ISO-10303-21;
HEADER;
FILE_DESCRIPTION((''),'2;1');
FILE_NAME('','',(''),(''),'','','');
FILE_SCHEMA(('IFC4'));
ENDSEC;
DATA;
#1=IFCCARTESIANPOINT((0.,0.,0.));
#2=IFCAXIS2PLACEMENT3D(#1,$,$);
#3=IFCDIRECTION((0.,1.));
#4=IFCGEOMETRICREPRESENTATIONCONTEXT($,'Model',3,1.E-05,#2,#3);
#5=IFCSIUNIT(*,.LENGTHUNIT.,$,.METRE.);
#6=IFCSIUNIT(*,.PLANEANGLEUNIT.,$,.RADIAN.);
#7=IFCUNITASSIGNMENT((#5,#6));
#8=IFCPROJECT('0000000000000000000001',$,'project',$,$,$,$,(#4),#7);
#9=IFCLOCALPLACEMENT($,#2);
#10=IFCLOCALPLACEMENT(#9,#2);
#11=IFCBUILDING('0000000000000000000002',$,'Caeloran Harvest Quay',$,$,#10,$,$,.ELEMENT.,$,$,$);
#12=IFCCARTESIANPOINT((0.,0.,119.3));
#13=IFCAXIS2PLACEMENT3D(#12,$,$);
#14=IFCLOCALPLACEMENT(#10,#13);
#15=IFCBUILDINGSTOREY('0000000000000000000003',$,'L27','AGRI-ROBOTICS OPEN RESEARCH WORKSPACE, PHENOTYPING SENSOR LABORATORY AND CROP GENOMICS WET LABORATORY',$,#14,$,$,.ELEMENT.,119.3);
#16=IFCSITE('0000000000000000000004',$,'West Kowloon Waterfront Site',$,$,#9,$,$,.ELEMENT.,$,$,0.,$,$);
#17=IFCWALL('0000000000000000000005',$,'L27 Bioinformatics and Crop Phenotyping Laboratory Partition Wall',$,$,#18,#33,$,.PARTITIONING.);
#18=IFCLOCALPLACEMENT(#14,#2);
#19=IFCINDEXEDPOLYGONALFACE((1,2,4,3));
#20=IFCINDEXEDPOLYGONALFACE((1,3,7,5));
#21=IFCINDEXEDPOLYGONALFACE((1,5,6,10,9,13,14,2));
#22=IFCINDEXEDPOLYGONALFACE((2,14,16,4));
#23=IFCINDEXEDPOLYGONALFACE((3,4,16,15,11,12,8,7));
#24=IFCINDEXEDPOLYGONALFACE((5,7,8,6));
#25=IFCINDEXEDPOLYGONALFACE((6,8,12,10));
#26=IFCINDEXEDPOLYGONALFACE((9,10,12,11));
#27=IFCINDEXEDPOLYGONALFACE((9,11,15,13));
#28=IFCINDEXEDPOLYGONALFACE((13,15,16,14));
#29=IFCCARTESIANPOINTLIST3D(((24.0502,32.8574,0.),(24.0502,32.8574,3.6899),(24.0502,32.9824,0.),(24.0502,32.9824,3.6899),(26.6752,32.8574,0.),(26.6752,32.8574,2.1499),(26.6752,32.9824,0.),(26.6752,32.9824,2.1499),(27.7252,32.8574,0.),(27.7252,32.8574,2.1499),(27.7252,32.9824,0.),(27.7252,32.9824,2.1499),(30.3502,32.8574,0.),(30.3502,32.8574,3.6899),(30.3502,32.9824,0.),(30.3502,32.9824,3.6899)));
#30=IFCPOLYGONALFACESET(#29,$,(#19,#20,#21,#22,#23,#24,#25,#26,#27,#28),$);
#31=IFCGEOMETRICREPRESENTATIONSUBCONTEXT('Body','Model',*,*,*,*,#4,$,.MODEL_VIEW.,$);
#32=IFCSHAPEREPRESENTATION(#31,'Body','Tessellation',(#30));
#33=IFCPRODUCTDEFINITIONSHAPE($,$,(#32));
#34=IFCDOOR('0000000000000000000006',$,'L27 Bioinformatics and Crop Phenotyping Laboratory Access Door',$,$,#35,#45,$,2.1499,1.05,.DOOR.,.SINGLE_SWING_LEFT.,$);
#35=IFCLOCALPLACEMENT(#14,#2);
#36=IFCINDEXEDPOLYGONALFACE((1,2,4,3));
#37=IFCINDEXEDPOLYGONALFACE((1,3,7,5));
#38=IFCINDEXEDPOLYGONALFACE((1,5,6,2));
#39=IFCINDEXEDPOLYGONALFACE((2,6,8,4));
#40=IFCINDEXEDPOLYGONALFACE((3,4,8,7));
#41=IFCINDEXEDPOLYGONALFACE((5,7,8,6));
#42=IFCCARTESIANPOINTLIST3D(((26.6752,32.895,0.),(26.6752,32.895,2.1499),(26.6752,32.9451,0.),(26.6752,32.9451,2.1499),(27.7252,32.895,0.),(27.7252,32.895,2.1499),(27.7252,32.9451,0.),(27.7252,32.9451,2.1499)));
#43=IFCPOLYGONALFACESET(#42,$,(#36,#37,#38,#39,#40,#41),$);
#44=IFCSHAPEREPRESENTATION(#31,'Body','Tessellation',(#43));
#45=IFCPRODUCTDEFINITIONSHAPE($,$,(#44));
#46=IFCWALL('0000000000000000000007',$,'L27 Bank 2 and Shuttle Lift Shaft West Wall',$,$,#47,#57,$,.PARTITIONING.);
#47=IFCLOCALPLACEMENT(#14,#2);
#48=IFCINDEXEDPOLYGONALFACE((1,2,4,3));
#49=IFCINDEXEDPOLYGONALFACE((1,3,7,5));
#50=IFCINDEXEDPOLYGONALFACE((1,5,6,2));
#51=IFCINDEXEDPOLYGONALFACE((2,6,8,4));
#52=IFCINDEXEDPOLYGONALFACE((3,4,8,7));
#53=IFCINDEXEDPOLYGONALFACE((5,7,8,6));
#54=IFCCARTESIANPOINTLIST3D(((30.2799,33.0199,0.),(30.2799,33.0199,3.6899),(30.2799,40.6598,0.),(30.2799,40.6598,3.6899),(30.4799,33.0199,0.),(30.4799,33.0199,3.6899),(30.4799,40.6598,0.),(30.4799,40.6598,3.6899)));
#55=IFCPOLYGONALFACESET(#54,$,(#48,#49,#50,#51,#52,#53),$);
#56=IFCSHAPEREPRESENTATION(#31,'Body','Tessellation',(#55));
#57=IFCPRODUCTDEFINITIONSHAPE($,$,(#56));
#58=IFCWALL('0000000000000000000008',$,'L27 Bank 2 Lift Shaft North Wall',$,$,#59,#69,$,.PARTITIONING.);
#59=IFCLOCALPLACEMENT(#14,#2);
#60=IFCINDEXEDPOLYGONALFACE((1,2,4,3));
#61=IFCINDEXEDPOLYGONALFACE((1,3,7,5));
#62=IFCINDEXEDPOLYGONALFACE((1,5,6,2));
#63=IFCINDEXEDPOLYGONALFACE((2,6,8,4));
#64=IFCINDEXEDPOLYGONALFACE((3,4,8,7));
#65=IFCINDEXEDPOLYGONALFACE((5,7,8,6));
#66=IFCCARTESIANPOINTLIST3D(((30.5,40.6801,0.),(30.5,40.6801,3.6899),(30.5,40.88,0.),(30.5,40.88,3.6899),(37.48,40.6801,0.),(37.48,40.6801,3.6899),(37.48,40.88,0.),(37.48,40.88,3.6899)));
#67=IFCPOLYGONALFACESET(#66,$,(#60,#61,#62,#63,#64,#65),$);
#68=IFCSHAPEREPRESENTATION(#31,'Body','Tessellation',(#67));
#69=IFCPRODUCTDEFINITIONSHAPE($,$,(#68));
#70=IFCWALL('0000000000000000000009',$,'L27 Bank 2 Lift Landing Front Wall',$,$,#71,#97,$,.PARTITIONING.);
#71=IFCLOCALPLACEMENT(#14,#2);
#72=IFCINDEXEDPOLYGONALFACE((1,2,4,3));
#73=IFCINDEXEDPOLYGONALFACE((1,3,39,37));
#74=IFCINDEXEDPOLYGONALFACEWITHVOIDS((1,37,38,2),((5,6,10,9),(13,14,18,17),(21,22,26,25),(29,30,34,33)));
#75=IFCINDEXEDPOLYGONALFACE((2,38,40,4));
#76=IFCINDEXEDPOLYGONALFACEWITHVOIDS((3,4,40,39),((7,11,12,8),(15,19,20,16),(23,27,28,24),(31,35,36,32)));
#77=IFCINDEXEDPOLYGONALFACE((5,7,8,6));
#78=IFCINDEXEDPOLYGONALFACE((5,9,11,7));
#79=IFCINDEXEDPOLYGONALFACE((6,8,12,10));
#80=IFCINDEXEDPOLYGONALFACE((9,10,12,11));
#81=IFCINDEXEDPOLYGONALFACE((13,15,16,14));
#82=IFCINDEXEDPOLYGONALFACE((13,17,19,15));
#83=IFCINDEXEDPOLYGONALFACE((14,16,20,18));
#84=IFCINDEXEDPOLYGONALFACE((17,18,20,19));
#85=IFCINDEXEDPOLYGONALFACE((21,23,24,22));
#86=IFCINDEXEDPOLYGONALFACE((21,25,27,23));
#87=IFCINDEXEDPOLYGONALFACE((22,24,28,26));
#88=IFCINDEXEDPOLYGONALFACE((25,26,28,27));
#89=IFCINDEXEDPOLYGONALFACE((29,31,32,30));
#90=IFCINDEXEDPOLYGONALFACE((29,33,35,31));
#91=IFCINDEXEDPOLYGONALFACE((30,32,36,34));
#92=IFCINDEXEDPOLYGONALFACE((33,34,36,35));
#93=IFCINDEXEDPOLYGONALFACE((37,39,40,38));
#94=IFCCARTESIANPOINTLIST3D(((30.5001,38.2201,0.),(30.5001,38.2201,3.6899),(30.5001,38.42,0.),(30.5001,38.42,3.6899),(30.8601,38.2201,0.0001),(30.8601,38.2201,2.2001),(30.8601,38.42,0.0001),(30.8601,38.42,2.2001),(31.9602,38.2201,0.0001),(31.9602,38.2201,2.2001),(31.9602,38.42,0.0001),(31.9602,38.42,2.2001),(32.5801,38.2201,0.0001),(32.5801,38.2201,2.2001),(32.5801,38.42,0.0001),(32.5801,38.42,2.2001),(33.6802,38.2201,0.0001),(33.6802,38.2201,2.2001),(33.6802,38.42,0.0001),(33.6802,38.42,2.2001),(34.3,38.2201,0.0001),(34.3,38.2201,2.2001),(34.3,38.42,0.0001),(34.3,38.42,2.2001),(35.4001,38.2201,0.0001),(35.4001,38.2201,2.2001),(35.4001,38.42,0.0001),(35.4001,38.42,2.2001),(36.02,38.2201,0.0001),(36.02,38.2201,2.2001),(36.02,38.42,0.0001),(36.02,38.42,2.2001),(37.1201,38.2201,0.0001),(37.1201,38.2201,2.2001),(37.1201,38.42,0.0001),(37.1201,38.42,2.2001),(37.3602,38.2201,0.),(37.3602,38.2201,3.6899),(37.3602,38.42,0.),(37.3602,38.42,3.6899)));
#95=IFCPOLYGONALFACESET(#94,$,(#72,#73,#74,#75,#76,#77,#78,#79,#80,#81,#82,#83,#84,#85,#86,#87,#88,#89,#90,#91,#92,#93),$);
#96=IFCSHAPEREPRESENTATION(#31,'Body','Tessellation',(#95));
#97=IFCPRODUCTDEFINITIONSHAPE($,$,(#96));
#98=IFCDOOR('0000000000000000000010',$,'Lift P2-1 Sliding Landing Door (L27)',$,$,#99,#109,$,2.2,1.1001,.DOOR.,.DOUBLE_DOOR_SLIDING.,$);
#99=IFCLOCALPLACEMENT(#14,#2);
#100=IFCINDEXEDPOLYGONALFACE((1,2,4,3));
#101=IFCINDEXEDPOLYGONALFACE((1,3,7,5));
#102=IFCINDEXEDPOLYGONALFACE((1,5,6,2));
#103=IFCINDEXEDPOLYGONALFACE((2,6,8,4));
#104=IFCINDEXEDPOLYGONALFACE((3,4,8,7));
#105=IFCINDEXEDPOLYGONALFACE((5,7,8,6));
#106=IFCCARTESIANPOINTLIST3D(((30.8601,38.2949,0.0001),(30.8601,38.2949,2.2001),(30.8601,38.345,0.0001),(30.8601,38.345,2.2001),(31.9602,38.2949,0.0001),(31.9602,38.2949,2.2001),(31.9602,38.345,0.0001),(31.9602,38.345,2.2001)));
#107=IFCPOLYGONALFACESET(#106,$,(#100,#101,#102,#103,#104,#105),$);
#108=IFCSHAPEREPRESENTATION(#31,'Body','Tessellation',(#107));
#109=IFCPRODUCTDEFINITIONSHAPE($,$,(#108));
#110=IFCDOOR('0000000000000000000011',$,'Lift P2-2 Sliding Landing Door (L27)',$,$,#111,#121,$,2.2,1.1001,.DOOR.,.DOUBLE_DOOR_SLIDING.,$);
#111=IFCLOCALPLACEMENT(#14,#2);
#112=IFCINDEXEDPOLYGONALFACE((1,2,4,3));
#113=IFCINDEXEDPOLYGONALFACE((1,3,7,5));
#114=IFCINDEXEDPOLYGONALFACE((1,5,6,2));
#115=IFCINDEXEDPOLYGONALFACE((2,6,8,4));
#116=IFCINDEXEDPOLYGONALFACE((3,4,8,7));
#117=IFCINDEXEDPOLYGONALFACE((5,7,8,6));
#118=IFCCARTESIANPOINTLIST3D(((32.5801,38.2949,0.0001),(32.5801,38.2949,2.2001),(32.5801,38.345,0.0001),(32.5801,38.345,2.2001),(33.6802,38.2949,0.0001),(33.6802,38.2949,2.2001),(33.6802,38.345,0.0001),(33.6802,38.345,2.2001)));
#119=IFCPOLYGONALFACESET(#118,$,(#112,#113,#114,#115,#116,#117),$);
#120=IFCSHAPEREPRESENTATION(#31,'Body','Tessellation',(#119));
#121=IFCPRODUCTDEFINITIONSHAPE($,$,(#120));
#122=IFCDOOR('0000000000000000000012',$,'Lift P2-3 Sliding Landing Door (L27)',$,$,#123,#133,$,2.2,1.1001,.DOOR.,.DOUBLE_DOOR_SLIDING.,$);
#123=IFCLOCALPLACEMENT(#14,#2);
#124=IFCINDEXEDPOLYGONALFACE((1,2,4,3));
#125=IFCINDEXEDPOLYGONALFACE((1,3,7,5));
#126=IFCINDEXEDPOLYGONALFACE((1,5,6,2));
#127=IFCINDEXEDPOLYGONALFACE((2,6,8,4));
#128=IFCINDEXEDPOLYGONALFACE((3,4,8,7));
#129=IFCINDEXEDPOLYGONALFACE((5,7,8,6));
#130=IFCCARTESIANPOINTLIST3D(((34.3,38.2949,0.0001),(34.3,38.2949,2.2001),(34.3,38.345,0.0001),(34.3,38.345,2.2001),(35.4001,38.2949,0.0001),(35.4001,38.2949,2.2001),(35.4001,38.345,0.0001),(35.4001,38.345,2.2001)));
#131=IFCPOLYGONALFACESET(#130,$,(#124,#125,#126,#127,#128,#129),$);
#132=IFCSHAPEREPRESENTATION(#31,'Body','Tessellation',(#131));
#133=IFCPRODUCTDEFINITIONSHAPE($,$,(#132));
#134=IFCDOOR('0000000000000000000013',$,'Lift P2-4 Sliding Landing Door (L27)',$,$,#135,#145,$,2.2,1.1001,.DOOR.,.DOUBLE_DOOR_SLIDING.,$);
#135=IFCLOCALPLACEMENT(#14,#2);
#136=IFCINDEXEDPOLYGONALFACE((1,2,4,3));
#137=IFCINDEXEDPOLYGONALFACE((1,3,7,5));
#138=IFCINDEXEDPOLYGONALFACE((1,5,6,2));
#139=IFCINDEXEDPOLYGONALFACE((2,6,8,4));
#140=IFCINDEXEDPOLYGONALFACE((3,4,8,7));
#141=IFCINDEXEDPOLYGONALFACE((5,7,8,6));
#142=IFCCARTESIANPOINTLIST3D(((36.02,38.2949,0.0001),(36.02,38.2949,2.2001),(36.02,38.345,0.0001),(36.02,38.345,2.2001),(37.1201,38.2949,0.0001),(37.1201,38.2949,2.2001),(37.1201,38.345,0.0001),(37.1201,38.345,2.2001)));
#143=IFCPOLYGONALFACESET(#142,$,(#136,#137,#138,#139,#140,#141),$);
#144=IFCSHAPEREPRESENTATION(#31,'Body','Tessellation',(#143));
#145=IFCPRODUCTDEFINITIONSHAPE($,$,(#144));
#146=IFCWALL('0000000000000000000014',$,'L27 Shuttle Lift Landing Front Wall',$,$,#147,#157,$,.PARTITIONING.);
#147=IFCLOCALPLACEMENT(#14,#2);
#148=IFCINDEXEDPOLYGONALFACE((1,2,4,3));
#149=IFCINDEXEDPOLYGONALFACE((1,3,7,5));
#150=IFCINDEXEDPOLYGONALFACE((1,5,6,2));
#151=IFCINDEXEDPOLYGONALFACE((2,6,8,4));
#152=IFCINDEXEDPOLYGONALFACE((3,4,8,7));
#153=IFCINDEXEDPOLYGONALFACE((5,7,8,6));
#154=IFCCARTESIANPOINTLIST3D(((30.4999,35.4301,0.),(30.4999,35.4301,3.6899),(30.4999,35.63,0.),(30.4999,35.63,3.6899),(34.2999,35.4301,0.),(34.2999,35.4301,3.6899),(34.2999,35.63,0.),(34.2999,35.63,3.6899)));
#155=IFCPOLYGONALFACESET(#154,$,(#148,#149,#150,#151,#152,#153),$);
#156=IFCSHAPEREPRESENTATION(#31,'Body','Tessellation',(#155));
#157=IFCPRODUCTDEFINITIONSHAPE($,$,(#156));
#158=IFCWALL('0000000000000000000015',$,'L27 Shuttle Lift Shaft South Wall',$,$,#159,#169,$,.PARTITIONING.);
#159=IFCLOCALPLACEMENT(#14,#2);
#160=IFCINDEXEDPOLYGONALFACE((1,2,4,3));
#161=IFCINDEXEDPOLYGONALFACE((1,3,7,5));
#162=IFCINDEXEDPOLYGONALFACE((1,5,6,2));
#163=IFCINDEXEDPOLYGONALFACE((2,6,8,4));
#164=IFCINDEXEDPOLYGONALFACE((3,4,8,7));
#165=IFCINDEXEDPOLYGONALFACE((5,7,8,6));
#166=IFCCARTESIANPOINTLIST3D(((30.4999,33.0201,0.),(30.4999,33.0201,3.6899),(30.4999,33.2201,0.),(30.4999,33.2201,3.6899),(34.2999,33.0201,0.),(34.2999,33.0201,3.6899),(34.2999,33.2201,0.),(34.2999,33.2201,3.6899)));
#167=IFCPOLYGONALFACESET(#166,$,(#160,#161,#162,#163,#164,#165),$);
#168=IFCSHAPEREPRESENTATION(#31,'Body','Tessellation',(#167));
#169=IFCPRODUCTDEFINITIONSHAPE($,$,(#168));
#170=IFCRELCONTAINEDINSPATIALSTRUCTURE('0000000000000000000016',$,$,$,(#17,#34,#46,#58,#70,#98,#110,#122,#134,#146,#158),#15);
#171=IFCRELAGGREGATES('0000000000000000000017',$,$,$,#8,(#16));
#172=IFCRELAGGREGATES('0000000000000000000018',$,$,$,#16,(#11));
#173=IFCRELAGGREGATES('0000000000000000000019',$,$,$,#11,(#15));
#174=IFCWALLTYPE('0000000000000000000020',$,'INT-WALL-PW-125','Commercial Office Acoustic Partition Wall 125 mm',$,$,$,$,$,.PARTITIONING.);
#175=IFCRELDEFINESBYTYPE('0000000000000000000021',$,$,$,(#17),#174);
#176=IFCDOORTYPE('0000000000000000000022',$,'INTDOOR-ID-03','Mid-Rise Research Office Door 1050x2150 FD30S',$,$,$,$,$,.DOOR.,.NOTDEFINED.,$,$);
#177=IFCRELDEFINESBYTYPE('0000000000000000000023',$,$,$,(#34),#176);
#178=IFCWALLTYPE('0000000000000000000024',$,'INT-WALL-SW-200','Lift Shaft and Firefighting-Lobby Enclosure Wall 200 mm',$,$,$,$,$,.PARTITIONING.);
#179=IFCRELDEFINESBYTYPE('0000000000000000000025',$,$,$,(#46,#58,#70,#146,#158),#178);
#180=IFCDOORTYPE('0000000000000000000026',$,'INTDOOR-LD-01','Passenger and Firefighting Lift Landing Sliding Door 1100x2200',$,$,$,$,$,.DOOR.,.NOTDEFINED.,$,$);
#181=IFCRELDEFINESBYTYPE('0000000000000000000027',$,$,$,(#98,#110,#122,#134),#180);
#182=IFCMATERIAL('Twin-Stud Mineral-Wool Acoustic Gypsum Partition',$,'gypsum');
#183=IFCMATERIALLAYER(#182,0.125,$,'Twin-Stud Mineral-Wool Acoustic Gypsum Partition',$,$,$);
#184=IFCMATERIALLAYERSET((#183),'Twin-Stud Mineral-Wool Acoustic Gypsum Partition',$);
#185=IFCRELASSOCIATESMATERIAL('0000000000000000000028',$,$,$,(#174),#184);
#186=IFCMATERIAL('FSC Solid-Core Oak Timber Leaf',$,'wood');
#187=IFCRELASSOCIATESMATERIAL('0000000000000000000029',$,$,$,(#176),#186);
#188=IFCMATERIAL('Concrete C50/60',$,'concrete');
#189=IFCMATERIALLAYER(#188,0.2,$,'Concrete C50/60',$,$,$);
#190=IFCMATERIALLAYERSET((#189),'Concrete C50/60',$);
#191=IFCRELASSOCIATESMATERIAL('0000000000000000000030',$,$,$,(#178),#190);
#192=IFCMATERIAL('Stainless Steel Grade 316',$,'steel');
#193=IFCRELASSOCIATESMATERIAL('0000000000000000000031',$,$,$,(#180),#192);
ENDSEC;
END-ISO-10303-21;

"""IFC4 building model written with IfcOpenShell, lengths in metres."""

from ifc_helpers import new_model, si_unit, direction, frame, frame_2d, origin, place, context, subcontext, project, spatial, rectangle, extrude, material, layer, layer_set, type_object, element, fill, save


model = new_model("IFC4")

# Units and contexts
model_context = context("Model", 3, precision=1e-05, world=origin(), true_north=direction((0.0, 1.0)))
body_context = subcontext(model_context, "Body", "Model", "MODEL_VIEW")
ifc_project = project(units=[si_unit("LENGTHUNIT", "METRE"), si_unit("PLANEANGLEUNIT", "RADIAN")], contexts=[model_context])

# Site, building, storey
site_placement = place(None, origin())
site = spatial("IfcSite", under=ifc_project, at=site_placement, Name="West Kowloon Waterfront Site", CompositionType="ELEMENT", RefElevation=0.0)
building_placement = place(site_placement, origin())
building = spatial("IfcBuilding", under=site, at=building_placement, Name="Caeloran Harvest Quay", CompositionType="ELEMENT")
storey_placement = place(building_placement, frame((0.0, 0.0, 119.3)))
storey = spatial("IfcBuildingStorey", under=building, at=storey_placement, Name="L27", Description="AGRI-ROBOTICS OPEN RESEARCH WORKSPACE, PHENOTYPING SENSOR LABORATORY AND CROP GENOMICS WET LABORATORY", CompositionType="ELEMENT", Elevation=119.3)

# Wall, opening, door
ifc_material_1 = material(Name="Twin-Stud Mineral-Wool Acoustic Gypsum Partition", Category="gypsum")
ifc_layer_1 = layer(ifc_material_1, 0.125, Name="Twin-Stud Mineral-Wool Acoustic Gypsum Partition")
ifc_layer_set_1 = layer_set([ifc_layer_1], Name="Twin-Stud Mineral-Wool Acoustic Gypsum Partition")
wall_type_1 = type_object("IfcWallType", Name="INT-WALL-PW-125", Description="Commercial Office Acoustic Partition Wall 125 mm", PredefinedType="PARTITIONING", material=ifc_layer_set_1)
wall_1_placement = place(storey_placement, frame((30.3501, 32.9199, 0.0), z_axis=(0.0, 0.0, 1.0), x_axis=(-1.0, 0.0, 0.0)))
wall_1 = element("IfcWall", 1, at=wall_1_placement, inside=storey, type_object=wall_type_1, Name="L27 Bioinformatics and Crop Phenotyping Laboratory Partition Wall", PredefinedType="PARTITIONING", context=body_context, shape_type="SweptSolid", body=[
    extrude(rectangle(XDim=6.3, YDim=0.125, at=frame_2d((3.1499, 0.0))), origin(), (0.0, 0.0, 1.0), 3.6899),
])
opening_1_placement = place(wall_1_placement, frame((2.625, 0.0, 0.0)))
opening_1 = element("IfcOpeningElement", 2, at=opening_1_placement, cuts=wall_1, PredefinedType="OPENING", context=body_context, shape_type="SweptSolid", body=[
    extrude(rectangle(XDim=1.05, YDim=2.1499, at=frame_2d((0.5249, 1.075))), frame((0.0, 0.0725, 0.0), z_axis=(0.0, -1.0, 0.0), x_axis=(1.0, 0.0, 0.0)), (0.0, 0.0, 1.0), 0.145),
])
ifc_material_2 = material(Name="FSC Solid-Core Oak Timber Leaf", Category="wood")
door_type_1 = type_object("IfcDoorType", Name="INTDOOR-ID-03", Description="Mid-Rise Research Office Door 1050x2150 FD30S", OperationType="NOTDEFINED", PredefinedType="DOOR", material=ifc_material_2)
door_1_placement = place(opening_1_placement, origin())
door_1 = element("IfcDoor", 3, at=door_1_placement, inside=storey, type_object=door_type_1, Name="L27 Bioinformatics and Crop Phenotyping Laboratory Access Door", OperationType="SINGLE_SWING_LEFT", OverallHeight=2.1499, OverallWidth=1.05, PredefinedType="DOOR", context=body_context, shape_type="SweptSolid", body=[
    extrude(rectangle(XDim=1.05, YDim=2.1499, at=frame_2d((0.5249, 1.075))), frame((0.0, 0.0249, 0.0), z_axis=(0.0, -1.0, 0.0), x_axis=(1.0, 0.0, 0.0)), (0.0, 0.0, 1.0), 0.05),
])
fill(opening_1, door_1)

# Walls
ifc_material_3 = material(Name="Concrete C50/60", Category="concrete")
ifc_layer_2 = layer(ifc_material_3, 0.2, Name="Concrete C50/60")
ifc_layer_set_2 = layer_set([ifc_layer_2], Name="Concrete C50/60")
wall_type_2 = type_object("IfcWallType", Name="INT-WALL-SW-200", Description="Lift Shaft and Firefighting-Lobby Enclosure Wall 200 mm", PredefinedType="PARTITIONING", material=ifc_layer_set_2)
wall_2_placement = place(storey_placement, frame((30.3799, 33.02, 0.0), z_axis=(0.0, 0.0, 1.0), x_axis=(0.0, 1.0, 0.0)))
element("IfcWall", 4, at=wall_2_placement, inside=storey, type_object=wall_type_2, Name="L27 Bank 2 and Shuttle Lift Shaft West Wall", PredefinedType="PARTITIONING", context=body_context, shape_type="SweptSolid", body=[
    extrude(rectangle(XDim=7.6399, YDim=0.2, at=frame_2d((3.8198, 0.0))), origin(), (0.0, 0.0, 1.0), 3.6899),
])
wall_3_placement = place(storey_placement, frame((30.5, 40.78, 0.0), z_axis=(0.0, 0.0, 1.0), x_axis=(1.0, 0.0, 0.0)))
element("IfcWall", 5, at=wall_3_placement, inside=storey, type_object=wall_type_2, Name="L27 Bank 2 Lift Shaft North Wall", PredefinedType="PARTITIONING", context=body_context, shape_type="SweptSolid", body=[
    extrude(rectangle(XDim=6.98, YDim=0.2, at=frame_2d((3.49, 0.0))), origin(), (0.0, 0.0, 1.0), 3.6899),
])

# Wall, openings, doors
wall_4_placement = place(storey_placement, frame((30.5, 38.3201, 0.0), z_axis=(0.0, 0.0, 1.0), x_axis=(1.0, 0.0, 0.0)))
wall_4 = element("IfcWall", 6, at=wall_4_placement, inside=storey, type_object=wall_type_2, Name="L27 Bank 2 Lift Landing Front Wall", PredefinedType="PARTITIONING", context=body_context, shape_type="SweptSolid", body=[
    extrude(rectangle(XDim=6.8601, YDim=0.2, at=frame_2d((3.4302, 0.0))), origin(), (0.0, 0.0, 1.0), 3.6899),
])
opening_2_placement = place(wall_4_placement, frame((0.3601, 0.0, 0.0)))
opening_2 = element("IfcOpeningElement", 7, at=opening_2_placement, cuts=wall_4, PredefinedType="OPENING", context=body_context, shape_type="SweptSolid", body=[
    extrude(rectangle(XDim=1.1001, YDim=2.2, at=frame_2d((0.55, 1.1001))), frame((0.0, 0.1099, 0.0), z_axis=(0.0, -1.0, 0.0), x_axis=(1.0, 0.0, 0.0)), (0.0, 0.0, 1.0), 0.22),
])
opening_3_placement = place(wall_4_placement, frame((2.0801, 0.0, 0.0)))
opening_3 = element("IfcOpeningElement", 8, at=opening_3_placement, cuts=wall_4, PredefinedType="OPENING", context=body_context, shape_type="SweptSolid", body=[
    extrude(rectangle(XDim=1.1001, YDim=2.2, at=frame_2d((0.55, 1.1001))), frame((0.0, 0.1099, 0.0), z_axis=(0.0, -1.0, 0.0), x_axis=(1.0, 0.0, 0.0)), (0.0, 0.0, 1.0), 0.22),
])
opening_4_placement = place(wall_4_placement, frame((3.8, 0.0, 0.0)))
opening_4 = element("IfcOpeningElement", 9, at=opening_4_placement, cuts=wall_4, PredefinedType="OPENING", context=body_context, shape_type="SweptSolid", body=[
    extrude(rectangle(XDim=1.1001, YDim=2.2, at=frame_2d((0.55, 1.1001))), frame((0.0, 0.1099, 0.0), z_axis=(0.0, -1.0, 0.0), x_axis=(1.0, 0.0, 0.0)), (0.0, 0.0, 1.0), 0.22),
])
opening_5_placement = place(wall_4_placement, frame((5.52, 0.0, 0.0)))
opening_5 = element("IfcOpeningElement", 10, at=opening_5_placement, cuts=wall_4, PredefinedType="OPENING", context=body_context, shape_type="SweptSolid", body=[
    extrude(rectangle(XDim=1.1001, YDim=2.2, at=frame_2d((0.55, 1.1001))), frame((0.0, 0.1099, 0.0), z_axis=(0.0, -1.0, 0.0), x_axis=(1.0, 0.0, 0.0)), (0.0, 0.0, 1.0), 0.22),
])
ifc_material_4 = material(Name="Stainless Steel Grade 316", Category="steel")
door_type_2 = type_object("IfcDoorType", Name="INTDOOR-LD-01", Description="Passenger and Firefighting Lift Landing Sliding Door 1100x2200", OperationType="NOTDEFINED", PredefinedType="DOOR", material=ifc_material_4)
door_2_placement = place(opening_2_placement, origin())
door_2 = element("IfcDoor", 11, at=door_2_placement, inside=storey, type_object=door_type_2, Name="Lift P2-1 Sliding Landing Door (L27)", OperationType="DOUBLE_DOOR_SLIDING", OverallHeight=2.2, OverallWidth=1.1001, PredefinedType="DOOR", context=body_context, shape_type="SweptSolid", body=[
    extrude(rectangle(XDim=1.1001, YDim=2.2, at=frame_2d((0.55, 1.1001))), frame((0.0, 0.0249, 0.0), z_axis=(0.0, -1.0, 0.0), x_axis=(1.0, 0.0, 0.0)), (0.0, 0.0, 1.0), 0.05),
])
fill(opening_2, door_2)
door_3_placement = place(opening_3_placement, origin())
door_3 = element("IfcDoor", 12, at=door_3_placement, inside=storey, type_object=door_type_2, Name="Lift P2-2 Sliding Landing Door (L27)", OperationType="DOUBLE_DOOR_SLIDING", OverallHeight=2.2, OverallWidth=1.1001, PredefinedType="DOOR", context=body_context, shape_type="SweptSolid", body=[
    extrude(rectangle(XDim=1.1001, YDim=2.2, at=frame_2d((0.55, 1.1001))), frame((0.0, 0.0249, 0.0), z_axis=(0.0, -1.0, 0.0), x_axis=(1.0, 0.0, 0.0)), (0.0, 0.0, 1.0), 0.05),
])
fill(opening_3, door_3)
door_4_placement = place(opening_4_placement, origin())
door_4 = element("IfcDoor", 13, at=door_4_placement, inside=storey, type_object=door_type_2, Name="Lift P2-3 Sliding Landing Door (L27)", OperationType="DOUBLE_DOOR_SLIDING", OverallHeight=2.2, OverallWidth=1.1001, PredefinedType="DOOR", context=body_context, shape_type="SweptSolid", body=[
    extrude(rectangle(XDim=1.1001, YDim=2.2, at=frame_2d((0.55, 1.1001))), frame((0.0, 0.0249, 0.0), z_axis=(0.0, -1.0, 0.0), x_axis=(1.0, 0.0, 0.0)), (0.0, 0.0, 1.0), 0.05),
])
fill(opening_4, door_4)
door_5_placement = place(opening_5_placement, origin())
door_5 = element("IfcDoor", 14, at=door_5_placement, inside=storey, type_object=door_type_2, Name="Lift P2-4 Sliding Landing Door (L27)", OperationType="DOUBLE_DOOR_SLIDING", OverallHeight=2.2, OverallWidth=1.1001, PredefinedType="DOOR", context=body_context, shape_type="SweptSolid", body=[
    extrude(rectangle(XDim=1.1001, YDim=2.2, at=frame_2d((0.55, 1.1001))), frame((0.0, 0.0249, 0.0), z_axis=(0.0, -1.0, 0.0), x_axis=(1.0, 0.0, 0.0)), (0.0, 0.0, 1.0), 0.05),
])
fill(opening_5, door_5)

# Walls
for number, where, z_axis, x_axis, name in (
    (15, (30.5, 35.53, 0.0), (0.0, 0.0, 1.0), (1.0, 0.0, 0.0), "L27 Shuttle Lift Landing Front Wall"),
    (16, (30.5, 33.1201, 0.0), (0.0, 0.0, 1.0), (1.0, 0.0, 0.0), "L27 Shuttle Lift Shaft South Wall"),
):
    element("IfcWall", number, at=place(storey_placement, frame(where, z_axis=z_axis, x_axis=x_axis)), inside=storey, type_object=wall_type_2, Name=name, PredefinedType="PARTITIONING", context=body_context, shape_type="SweptSolid", body=[
        extrude(rectangle(XDim=3.8, YDim=0.2, at=frame_2d((1.8999, 0.0))), origin(), (0.0, 0.0, 1.0), 3.6899),
    ])

save(model, "model.ifc")
